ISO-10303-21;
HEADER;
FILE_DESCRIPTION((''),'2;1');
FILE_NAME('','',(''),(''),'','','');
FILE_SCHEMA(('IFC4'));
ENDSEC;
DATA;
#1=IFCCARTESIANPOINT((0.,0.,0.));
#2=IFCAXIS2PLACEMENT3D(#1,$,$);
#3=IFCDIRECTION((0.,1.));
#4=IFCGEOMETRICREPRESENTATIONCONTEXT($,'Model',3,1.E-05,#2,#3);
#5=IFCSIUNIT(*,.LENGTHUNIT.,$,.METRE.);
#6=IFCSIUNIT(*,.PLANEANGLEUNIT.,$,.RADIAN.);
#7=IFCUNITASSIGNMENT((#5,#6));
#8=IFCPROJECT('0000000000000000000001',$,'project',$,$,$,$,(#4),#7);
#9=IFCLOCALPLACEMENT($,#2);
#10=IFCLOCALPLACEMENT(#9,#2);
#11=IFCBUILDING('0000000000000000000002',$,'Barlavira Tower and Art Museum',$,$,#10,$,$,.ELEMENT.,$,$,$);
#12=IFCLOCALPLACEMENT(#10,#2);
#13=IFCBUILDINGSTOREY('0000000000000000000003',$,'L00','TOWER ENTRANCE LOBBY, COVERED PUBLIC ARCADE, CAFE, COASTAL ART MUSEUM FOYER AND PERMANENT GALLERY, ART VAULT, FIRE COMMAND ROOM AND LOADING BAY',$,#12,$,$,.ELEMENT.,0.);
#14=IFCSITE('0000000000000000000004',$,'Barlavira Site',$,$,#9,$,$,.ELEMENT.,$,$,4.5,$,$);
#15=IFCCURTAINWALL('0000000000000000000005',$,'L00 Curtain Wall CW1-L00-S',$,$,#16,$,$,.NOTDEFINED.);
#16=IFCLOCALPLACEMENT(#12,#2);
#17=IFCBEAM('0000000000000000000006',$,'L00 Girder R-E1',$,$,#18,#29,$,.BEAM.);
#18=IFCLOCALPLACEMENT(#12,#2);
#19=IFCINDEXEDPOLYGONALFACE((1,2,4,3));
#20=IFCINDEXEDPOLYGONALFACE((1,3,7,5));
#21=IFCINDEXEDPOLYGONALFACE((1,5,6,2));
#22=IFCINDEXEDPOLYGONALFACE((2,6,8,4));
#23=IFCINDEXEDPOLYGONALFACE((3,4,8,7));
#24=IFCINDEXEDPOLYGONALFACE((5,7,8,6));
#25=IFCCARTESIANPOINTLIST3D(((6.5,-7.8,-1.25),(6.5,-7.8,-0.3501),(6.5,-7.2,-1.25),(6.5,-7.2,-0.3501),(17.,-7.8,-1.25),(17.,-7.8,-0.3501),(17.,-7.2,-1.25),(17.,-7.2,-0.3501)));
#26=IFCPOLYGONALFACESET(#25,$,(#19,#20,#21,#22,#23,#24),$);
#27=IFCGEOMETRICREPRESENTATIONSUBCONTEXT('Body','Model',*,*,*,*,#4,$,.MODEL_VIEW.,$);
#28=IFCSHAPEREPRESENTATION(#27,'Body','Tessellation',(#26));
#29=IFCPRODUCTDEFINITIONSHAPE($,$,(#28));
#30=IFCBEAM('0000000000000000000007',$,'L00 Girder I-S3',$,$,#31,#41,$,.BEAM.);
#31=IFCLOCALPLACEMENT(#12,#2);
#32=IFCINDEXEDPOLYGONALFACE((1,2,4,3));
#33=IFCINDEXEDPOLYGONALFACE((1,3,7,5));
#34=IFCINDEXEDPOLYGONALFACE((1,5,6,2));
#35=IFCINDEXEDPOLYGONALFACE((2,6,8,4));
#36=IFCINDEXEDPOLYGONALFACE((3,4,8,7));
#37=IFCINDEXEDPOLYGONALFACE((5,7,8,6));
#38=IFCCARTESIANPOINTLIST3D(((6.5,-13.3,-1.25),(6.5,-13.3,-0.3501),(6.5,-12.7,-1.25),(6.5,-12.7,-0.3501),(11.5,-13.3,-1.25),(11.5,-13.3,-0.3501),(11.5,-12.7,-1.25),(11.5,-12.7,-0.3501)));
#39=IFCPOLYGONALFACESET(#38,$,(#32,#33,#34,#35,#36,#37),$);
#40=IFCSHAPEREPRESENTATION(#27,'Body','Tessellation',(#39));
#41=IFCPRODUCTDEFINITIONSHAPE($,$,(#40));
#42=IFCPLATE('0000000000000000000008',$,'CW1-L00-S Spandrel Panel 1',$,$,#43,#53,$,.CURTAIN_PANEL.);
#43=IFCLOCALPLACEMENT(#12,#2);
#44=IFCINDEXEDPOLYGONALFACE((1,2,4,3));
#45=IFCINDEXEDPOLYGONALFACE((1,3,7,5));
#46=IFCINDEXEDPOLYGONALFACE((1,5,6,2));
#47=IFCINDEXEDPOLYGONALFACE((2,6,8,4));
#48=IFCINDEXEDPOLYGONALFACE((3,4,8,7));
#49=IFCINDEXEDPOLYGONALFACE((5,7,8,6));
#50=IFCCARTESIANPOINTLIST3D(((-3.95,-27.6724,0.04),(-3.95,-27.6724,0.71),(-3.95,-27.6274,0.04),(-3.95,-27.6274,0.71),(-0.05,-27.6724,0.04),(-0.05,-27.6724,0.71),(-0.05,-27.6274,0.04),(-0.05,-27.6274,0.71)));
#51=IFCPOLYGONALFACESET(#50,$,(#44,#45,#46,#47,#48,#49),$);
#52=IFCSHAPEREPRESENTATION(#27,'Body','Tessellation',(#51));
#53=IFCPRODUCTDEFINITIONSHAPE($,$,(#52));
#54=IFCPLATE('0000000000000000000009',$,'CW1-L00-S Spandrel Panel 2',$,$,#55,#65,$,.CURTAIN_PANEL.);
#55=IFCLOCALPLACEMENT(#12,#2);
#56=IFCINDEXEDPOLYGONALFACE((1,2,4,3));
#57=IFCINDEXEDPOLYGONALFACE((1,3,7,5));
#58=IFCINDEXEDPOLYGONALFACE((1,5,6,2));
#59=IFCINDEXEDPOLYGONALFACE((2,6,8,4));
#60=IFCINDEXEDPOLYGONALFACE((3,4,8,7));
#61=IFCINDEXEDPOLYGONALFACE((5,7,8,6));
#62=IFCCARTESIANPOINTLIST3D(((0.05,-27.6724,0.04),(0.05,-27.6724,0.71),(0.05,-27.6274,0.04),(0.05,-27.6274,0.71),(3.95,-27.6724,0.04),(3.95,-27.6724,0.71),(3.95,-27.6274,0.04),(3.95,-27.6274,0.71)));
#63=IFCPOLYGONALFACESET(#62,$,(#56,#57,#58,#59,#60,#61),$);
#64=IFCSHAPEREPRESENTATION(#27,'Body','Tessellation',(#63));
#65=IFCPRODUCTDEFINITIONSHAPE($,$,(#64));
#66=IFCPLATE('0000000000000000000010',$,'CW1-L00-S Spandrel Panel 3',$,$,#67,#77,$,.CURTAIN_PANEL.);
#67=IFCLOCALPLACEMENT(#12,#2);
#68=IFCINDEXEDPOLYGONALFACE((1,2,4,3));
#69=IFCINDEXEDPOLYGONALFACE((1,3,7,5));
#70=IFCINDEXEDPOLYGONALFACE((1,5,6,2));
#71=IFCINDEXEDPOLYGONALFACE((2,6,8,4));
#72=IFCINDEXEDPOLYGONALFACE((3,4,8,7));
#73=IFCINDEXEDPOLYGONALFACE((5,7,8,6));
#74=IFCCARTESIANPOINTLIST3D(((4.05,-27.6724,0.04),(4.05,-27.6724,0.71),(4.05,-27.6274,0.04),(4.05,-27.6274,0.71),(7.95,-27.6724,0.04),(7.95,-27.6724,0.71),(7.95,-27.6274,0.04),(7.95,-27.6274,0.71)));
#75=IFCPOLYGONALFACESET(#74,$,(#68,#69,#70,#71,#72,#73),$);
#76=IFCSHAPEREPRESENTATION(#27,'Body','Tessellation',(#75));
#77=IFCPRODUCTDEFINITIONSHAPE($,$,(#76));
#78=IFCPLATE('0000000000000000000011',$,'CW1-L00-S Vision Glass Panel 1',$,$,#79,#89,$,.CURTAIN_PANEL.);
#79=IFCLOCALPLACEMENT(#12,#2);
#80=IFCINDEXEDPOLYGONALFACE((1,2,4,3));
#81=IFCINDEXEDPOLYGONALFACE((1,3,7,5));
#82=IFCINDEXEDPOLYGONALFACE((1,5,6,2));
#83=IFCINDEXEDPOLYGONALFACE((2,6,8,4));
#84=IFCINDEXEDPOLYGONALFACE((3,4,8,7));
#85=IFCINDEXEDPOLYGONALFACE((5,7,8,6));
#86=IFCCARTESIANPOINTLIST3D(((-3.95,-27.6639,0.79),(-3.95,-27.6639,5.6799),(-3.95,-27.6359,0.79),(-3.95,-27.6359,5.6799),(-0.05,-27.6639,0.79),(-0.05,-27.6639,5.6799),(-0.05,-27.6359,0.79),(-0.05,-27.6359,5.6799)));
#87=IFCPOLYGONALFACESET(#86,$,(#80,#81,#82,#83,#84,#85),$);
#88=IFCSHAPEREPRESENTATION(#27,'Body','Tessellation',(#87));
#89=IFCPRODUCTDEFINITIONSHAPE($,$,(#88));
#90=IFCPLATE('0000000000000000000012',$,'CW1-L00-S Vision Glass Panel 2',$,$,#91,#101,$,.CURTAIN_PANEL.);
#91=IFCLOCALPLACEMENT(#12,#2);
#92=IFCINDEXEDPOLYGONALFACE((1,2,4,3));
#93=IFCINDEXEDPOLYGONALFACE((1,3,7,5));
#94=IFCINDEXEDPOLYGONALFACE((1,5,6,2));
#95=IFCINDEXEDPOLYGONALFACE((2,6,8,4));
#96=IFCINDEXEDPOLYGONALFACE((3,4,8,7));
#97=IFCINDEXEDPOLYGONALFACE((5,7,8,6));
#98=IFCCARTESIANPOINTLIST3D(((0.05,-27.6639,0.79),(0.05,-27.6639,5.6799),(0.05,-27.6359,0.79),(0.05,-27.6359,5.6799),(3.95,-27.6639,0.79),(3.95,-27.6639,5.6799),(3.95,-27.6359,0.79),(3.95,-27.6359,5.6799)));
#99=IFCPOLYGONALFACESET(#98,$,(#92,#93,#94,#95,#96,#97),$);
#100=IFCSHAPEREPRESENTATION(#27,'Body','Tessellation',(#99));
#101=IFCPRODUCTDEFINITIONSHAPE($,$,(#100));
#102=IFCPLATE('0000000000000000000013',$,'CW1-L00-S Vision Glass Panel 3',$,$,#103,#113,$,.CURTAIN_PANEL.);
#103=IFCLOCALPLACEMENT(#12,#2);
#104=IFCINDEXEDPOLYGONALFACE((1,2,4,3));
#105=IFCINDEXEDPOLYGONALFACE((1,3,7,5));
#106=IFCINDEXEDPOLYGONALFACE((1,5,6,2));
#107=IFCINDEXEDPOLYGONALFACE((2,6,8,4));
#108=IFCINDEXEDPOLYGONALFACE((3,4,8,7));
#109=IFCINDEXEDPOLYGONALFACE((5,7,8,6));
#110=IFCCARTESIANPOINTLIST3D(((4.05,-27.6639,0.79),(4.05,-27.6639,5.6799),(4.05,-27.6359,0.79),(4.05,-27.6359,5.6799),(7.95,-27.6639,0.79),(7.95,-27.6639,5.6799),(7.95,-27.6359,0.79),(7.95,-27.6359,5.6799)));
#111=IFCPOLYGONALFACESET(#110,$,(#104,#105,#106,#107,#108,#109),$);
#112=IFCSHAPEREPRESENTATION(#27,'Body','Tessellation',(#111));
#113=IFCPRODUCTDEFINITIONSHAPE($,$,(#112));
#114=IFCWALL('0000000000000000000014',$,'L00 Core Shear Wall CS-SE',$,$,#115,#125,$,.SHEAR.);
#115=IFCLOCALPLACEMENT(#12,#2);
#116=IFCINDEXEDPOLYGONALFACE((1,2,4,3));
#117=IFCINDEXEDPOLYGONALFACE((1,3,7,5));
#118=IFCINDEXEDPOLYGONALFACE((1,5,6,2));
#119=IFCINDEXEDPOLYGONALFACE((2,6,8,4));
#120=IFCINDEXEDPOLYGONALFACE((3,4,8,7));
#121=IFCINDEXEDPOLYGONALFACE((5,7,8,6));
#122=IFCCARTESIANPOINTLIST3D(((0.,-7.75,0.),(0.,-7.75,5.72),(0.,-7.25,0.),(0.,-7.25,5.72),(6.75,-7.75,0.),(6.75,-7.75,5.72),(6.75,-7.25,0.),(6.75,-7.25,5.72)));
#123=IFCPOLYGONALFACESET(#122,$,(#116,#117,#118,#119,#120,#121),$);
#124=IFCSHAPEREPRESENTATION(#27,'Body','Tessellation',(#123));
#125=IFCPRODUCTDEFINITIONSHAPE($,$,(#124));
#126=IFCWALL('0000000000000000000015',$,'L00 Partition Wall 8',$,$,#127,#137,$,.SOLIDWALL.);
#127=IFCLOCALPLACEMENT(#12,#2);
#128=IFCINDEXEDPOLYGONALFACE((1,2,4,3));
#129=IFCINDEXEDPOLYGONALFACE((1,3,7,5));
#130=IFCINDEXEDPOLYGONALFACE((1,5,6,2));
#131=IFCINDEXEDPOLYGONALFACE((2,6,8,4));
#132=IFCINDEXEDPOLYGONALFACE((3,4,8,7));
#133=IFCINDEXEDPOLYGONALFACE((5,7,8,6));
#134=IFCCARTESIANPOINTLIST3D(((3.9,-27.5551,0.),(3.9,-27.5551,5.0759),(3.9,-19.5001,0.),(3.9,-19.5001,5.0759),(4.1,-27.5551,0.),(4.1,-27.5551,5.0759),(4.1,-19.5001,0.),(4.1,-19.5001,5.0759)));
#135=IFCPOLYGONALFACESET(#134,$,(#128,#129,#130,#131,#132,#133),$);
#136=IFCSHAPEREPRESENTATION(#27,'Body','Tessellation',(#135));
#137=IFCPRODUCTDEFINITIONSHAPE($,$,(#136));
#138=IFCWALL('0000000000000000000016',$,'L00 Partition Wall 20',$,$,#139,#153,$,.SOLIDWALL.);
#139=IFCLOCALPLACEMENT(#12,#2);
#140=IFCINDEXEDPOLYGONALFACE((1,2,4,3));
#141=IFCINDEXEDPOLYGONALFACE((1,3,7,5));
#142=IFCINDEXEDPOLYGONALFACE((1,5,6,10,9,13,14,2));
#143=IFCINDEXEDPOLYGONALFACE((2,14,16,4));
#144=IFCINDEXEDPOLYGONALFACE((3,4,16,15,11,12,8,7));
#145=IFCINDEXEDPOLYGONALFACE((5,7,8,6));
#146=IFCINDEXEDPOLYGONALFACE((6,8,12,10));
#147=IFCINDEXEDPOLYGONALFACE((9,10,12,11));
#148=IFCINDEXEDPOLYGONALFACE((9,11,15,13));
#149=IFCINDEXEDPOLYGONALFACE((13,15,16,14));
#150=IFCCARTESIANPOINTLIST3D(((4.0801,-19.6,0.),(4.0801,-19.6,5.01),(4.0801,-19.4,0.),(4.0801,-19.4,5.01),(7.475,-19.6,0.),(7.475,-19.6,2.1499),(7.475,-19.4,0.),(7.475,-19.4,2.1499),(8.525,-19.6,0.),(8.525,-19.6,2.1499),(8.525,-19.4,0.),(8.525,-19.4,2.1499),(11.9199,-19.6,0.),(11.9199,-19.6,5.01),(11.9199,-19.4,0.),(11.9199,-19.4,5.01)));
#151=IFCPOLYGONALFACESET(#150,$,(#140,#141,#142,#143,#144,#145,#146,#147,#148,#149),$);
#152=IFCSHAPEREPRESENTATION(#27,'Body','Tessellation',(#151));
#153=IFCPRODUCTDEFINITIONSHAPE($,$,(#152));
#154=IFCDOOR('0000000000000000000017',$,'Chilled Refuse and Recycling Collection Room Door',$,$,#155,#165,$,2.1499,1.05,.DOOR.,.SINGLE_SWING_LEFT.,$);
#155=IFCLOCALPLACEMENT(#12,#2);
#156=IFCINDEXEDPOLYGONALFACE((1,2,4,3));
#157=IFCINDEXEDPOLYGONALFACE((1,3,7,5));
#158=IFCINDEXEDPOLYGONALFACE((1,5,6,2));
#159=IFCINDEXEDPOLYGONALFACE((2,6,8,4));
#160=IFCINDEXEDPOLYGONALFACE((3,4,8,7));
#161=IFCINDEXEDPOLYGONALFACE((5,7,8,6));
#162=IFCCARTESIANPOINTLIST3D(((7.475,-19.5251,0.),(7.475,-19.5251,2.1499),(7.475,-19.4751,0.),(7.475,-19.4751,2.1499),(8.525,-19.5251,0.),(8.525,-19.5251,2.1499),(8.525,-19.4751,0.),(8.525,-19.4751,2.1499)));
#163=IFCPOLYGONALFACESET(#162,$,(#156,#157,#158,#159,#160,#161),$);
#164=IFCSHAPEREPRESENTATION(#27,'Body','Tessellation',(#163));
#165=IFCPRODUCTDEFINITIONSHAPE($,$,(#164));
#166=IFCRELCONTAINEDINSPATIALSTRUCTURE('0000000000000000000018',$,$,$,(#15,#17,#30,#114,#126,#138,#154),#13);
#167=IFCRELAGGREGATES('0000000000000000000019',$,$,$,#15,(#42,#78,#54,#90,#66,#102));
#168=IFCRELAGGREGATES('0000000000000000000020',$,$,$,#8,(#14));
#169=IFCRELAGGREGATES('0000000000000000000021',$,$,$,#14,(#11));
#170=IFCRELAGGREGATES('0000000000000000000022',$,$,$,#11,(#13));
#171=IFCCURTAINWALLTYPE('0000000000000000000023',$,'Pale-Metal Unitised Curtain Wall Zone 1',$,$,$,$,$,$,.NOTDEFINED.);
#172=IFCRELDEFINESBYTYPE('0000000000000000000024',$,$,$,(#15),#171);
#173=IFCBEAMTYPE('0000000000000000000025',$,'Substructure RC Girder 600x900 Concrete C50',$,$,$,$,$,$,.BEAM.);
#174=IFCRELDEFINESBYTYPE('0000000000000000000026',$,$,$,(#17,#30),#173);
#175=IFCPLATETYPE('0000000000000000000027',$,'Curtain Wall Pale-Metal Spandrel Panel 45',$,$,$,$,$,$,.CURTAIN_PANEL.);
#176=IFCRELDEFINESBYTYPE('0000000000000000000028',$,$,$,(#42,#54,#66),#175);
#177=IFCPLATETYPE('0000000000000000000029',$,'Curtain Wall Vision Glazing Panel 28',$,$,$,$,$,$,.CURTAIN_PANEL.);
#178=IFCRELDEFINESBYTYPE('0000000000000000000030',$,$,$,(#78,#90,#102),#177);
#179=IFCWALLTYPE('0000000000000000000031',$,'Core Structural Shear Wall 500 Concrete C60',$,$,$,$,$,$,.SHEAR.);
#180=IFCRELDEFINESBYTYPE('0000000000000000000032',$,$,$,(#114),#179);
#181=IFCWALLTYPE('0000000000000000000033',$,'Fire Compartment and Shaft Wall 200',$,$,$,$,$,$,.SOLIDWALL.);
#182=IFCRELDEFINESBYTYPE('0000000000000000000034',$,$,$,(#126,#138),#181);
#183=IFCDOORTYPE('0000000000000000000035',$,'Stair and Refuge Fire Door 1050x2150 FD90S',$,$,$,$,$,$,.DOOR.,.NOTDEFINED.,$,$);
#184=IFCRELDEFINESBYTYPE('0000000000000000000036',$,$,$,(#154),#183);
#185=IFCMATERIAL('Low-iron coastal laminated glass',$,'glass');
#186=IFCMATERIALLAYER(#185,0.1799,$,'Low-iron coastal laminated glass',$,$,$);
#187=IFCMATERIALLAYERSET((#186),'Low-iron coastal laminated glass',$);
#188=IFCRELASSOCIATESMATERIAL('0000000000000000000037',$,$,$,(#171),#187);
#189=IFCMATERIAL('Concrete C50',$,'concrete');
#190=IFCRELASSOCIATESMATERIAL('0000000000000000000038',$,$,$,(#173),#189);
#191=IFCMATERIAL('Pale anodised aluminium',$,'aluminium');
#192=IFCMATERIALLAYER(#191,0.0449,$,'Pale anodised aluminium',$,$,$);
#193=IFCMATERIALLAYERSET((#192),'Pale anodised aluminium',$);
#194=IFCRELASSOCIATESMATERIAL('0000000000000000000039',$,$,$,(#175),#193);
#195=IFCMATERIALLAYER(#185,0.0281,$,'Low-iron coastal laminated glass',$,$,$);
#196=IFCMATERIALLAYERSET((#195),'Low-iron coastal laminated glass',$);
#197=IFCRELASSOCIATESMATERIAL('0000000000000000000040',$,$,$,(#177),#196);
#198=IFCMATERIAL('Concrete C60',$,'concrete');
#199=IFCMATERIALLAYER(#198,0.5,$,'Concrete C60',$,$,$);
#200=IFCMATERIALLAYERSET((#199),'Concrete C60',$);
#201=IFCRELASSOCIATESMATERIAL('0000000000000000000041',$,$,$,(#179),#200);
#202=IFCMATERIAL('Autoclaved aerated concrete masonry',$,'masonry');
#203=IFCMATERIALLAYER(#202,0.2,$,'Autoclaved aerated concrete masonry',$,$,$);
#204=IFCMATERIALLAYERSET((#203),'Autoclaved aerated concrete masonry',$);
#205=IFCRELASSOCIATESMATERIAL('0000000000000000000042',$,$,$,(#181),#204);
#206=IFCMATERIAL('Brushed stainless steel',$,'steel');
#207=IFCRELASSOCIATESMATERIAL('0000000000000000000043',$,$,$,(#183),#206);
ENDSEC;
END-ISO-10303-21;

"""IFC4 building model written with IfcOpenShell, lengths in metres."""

from ifc_helpers import new_model, si_unit, direction, frame, frame_2d, origin, origin_2d, place, context, subcontext, project, spatial, rectangle, extrude, material, layer, layer_set, material_profile, profile_set, type_object, element, fill, aggregate, save


model = new_model("IFC4")

# Units and contexts
model_context = context("Model", 3, precision=1e-05, world=origin(), true_north=direction((0.0, 1.0)))
body_context = subcontext(model_context, "Body", "Model", "MODEL_VIEW")
ifc_project = project(units=[si_unit("LENGTHUNIT", "METRE"), si_unit("PLANEANGLEUNIT", "RADIAN")], contexts=[model_context])

# Site, building, storey
site_placement = place(None, origin())
site = spatial("IfcSite", under=ifc_project, at=site_placement, Name="Barlavira Site", CompositionType="ELEMENT", RefElevation=4.5)
building_placement = place(site_placement, origin())
building = spatial("IfcBuilding", under=site, at=building_placement, Name="Barlavira Tower and Art Museum", CompositionType="ELEMENT")
storey_placement = place(building_placement, origin())
storey = spatial("IfcBuildingStorey", under=building, at=storey_placement, Name="L00", Description="TOWER ENTRANCE LOBBY, COVERED PUBLIC ARCADE, CAFE, COASTAL ART MUSEUM FOYER AND PERMANENT GALLERY, ART VAULT, FIRE COMMAND ROOM AND LOADING BAY", CompositionType="ELEMENT", Elevation=0.0)

# Shared definitions
ifc_material_1 = material(Name="Concrete C50", Category="concrete")

# Shared definitions
ifc_material_2 = material(Name="Concrete C60", Category="concrete")

# Curtain wall
ifc_material_3 = material(Name="Low-iron coastal laminated glass", Category="glass")
ifc_layer_1 = layer(ifc_material_3, 0.1799, Name="Low-iron coastal laminated glass")
ifc_layer_set_1 = layer_set([ifc_layer_1], Name="Low-iron coastal laminated glass")
curtain_wall_type = type_object("IfcCurtainWallType", Name="Pale-Metal Unitised Curtain Wall Zone 1", PredefinedType="NOTDEFINED", material=ifc_layer_set_1)
curtain_wall_placement = place(storey_placement, origin())
curtain_wall = element("IfcCurtainWall", 1, at=curtain_wall_placement, inside=storey, type_object=curtain_wall_type, Name="L00 Curtain Wall CW1-L00-S", PredefinedType="NOTDEFINED")
ifc_material_4 = material(Name="Pale anodised aluminium", Category="aluminium")

# Beams
ifc_material_profile_1 = material_profile(ifc_material_1, rectangle(XDim=0.6001, YDim=0.8999, at=origin_2d()), Name="RC-BM 600x900")
ifc_profile_set_1 = profile_set([ifc_material_profile_1], Name="Concrete C50")
beam_type_1 = type_object("IfcBeamType", Name="Substructure RC Girder 600x900 Concrete C50", PredefinedType="BEAM", material=ifc_profile_set_1)
beam_1_placement = place(storey_placement, frame((6.5, -7.5, -0.8), z_axis=(1.0, 0.0, 0.0), x_axis=(0.0, 1.0, 0.0)))
element("IfcBeam", 2, at=beam_1_placement, inside=storey, type_object=beam_type_1, Name="L00 Girder R-E1", PredefinedType="BEAM", context=body_context, shape_type="SweptSolid", body=[
    extrude(rectangle(XDim=0.6001, YDim=0.8999, at=origin_2d()), origin(), (0.0, 0.0, 1.0), 10.5),
])
beam_2_placement = place(storey_placement, frame((6.5, -13.0, -0.8), z_axis=(1.0, 0.0, 0.0), x_axis=(0.0, 1.0, 0.0)))
element("IfcBeam", 3, at=beam_2_placement, inside=storey, type_object=beam_type_1, Name="L00 Girder I-S3", PredefinedType="BEAM", context=body_context, shape_type="SweptSolid", body=[
    extrude(rectangle(XDim=0.6001, YDim=0.8999, at=origin_2d()), origin(), (0.0, 0.0, 1.0), 5.0),
])

# Plates
ifc_layer_2 = layer(ifc_material_4, 0.0449, Name="Pale anodised aluminium")
ifc_layer_set_2 = layer_set([ifc_layer_2], Name="Pale anodised aluminium")
plate_type_1 = type_object("IfcPlateType", Name="Curtain Wall Pale-Metal Spandrel Panel 45", PredefinedType="CURTAIN_PANEL", material=ifc_layer_set_2)
plate_1_placement = place(storey_placement, frame((-2.0, -27.6499, 0.04), z_axis=(0.0, 0.0, 1.0), x_axis=(1.0, 0.0, 0.0)))
plate_1 = element("IfcPlate", 4, at=plate_1_placement, type_object=plate_type_1, Name="CW1-L00-S Spandrel Panel 1", PredefinedType="CURTAIN_PANEL", context=body_context, shape_type="SweptSolid", body=[
    extrude(rectangle(XDim=3.8999, YDim=0.0449, at=origin_2d()), origin(), (0.0, 0.0, 1.0), 0.6699),
])
plate_2_placement = place(storey_placement, frame((2.0, -27.6499, 0.04), z_axis=(0.0, 0.0, 1.0), x_axis=(1.0, 0.0, 0.0)))
plate_2 = element("IfcPlate", 5, at=plate_2_placement, type_object=plate_type_1, Name="CW1-L00-S Spandrel Panel 2", PredefinedType="CURTAIN_PANEL", context=body_context, shape_type="SweptSolid", body=[
    extrude(rectangle(XDim=3.8999, YDim=0.0449, at=origin_2d()), origin(), (0.0, 0.0, 1.0), 0.6699),
])
plate_3_placement = place(storey_placement, frame((6.0, -27.6499, 0.04), z_axis=(0.0, 0.0, 1.0), x_axis=(1.0, 0.0, 0.0)))
plate_3 = element("IfcPlate", 6, at=plate_3_placement, type_object=plate_type_1, Name="CW1-L00-S Spandrel Panel 3", PredefinedType="CURTAIN_PANEL", context=body_context, shape_type="SweptSolid", body=[
    extrude(rectangle(XDim=3.8999, YDim=0.0449, at=origin_2d()), origin(), (0.0, 0.0, 1.0), 0.6699),
])
ifc_layer_3 = layer(ifc_material_3, 0.0281, Name="Low-iron coastal laminated glass")
ifc_layer_set_3 = layer_set([ifc_layer_3], Name="Low-iron coastal laminated glass")
plate_type_2 = type_object("IfcPlateType", Name="Curtain Wall Vision Glazing Panel 28", PredefinedType="CURTAIN_PANEL", material=ifc_layer_set_3)
plate_4_placement = place(storey_placement, frame((-2.0, -27.6499, 0.79), z_axis=(0.0, 0.0, 1.0), x_axis=(1.0, 0.0, 0.0)))
plate_4 = element("IfcPlate", 7, at=plate_4_placement, type_object=plate_type_2, Name="CW1-L00-S Vision Glass Panel 1", PredefinedType="CURTAIN_PANEL", context=body_context, shape_type="SweptSolid", body=[
    extrude(rectangle(XDim=3.8999, YDim=0.0281, at=origin_2d()), origin(), (0.0, 0.0, 1.0), 4.8899),
])
plate_5_placement = place(storey_placement, frame((2.0, -27.6499, 0.79), z_axis=(0.0, 0.0, 1.0), x_axis=(1.0, 0.0, 0.0)))
plate_5 = element("IfcPlate", 8, at=plate_5_placement, type_object=plate_type_2, Name="CW1-L00-S Vision Glass Panel 2", PredefinedType="CURTAIN_PANEL", context=body_context, shape_type="SweptSolid", body=[
    extrude(rectangle(XDim=3.8999, YDim=0.0281, at=origin_2d()), origin(), (0.0, 0.0, 1.0), 4.8899),
])
plate_6_placement = place(storey_placement, frame((6.0, -27.6499, 0.79), z_axis=(0.0, 0.0, 1.0), x_axis=(1.0, 0.0, 0.0)))
plate_6 = element("IfcPlate", 9, at=plate_6_placement, type_object=plate_type_2, Name="CW1-L00-S Vision Glass Panel 3", PredefinedType="CURTAIN_PANEL", context=body_context, shape_type="SweptSolid", body=[
    extrude(rectangle(XDim=3.8999, YDim=0.0281, at=origin_2d()), origin(), (0.0, 0.0, 1.0), 4.8899),
])
aggregate(curtain_wall, [plate_1, plate_4, plate_2, plate_5, plate_3, plate_6])

# Walls
ifc_layer_4 = layer(ifc_material_2, 0.5, Name="Concrete C60")
ifc_layer_set_4 = layer_set([ifc_layer_4], Name="Concrete C60")
wall_type_1 = type_object("IfcWallType", Name="Core Structural Shear Wall 500 Concrete C60", PredefinedType="SHEAR", material=ifc_layer_set_4)
wall_1_placement = place(storey_placement, frame((0.0, -7.5, 0.0), z_axis=(0.0, 0.0, 1.0), x_axis=(1.0, 0.0, 0.0)))
element("IfcWall", 10, at=wall_1_placement, inside=storey, type_object=wall_type_1, Name="L00 Core Shear Wall CS-SE", PredefinedType="SHEAR", context=body_context, shape_type="SweptSolid", body=[
    extrude(rectangle(XDim=6.75, YDim=0.5, at=frame_2d((3.375, 0.0))), origin(), (0.0, 0.0, 1.0), 5.72),
])
ifc_material_5 = material(Name="Autoclaved aerated concrete masonry", Category="masonry")
ifc_layer_5 = layer(ifc_material_5, 0.2, Name="Autoclaved aerated concrete masonry")
ifc_layer_set_5 = layer_set([ifc_layer_5], Name="Autoclaved aerated concrete masonry")
wall_type_2 = type_object("IfcWallType", Name="Fire Compartment and Shaft Wall 200", PredefinedType="SOLIDWALL", material=ifc_layer_set_5)
wall_2_placement = place(storey_placement, frame((4.0, -27.5549, 0.0), z_axis=(0.0, 0.0, 1.0), x_axis=(0.0, 1.0, 0.0)))
element("IfcWall", 11, at=wall_2_placement, inside=storey, type_object=wall_type_2, Name="L00 Partition Wall 8", PredefinedType="SOLIDWALL", context=body_context, shape_type="SweptSolid", body=[
    extrude(rectangle(XDim=8.0549, YDim=0.2, at=frame_2d((4.0273, 0.0))), origin(), (0.0, 0.0, 1.0), 5.0759),
])

# Wall, opening, door
wall_3_placement = place(storey_placement, frame((4.0801, -19.5, 0.0), z_axis=(0.0, 0.0, 1.0), x_axis=(1.0, 0.0, 0.0)))
wall_3 = element("IfcWall", 12, at=wall_3_placement, inside=storey, type_object=wall_type_2, Name="L00 Partition Wall 20", PredefinedType="SOLIDWALL", context=body_context, shape_type="SweptSolid", body=[
    extrude(rectangle(XDim=7.8398, YDim=0.2, at=frame_2d((3.9199, 0.0))), origin(), (0.0, 0.0, 1.0), 5.01),
])
opening_placement = place(wall_3_placement, frame((3.395, 0.0, 0.0)))
opening = element("IfcOpeningElement", 13, at=opening_placement, cuts=wall_3, PredefinedType="OPENING", context=body_context, shape_type="SweptSolid", body=[
    extrude(rectangle(XDim=1.05, YDim=2.1499, at=frame_2d((0.5249, 1.075))), frame((0.0, 0.1099, 0.0), z_axis=(0.0, -1.0, 0.0), x_axis=(1.0, 0.0, 0.0)), (0.0, 0.0, 1.0), 0.22),
])
ifc_material_6 = material(Name="Brushed stainless steel", Category="steel")
door_type = type_object("IfcDoorType", Name="Stair and Refuge Fire Door 1050x2150 FD90S", OperationType="NOTDEFINED", PredefinedType="DOOR", material=ifc_material_6)
door_placement = place(opening_placement, origin())
door = element("IfcDoor", 14, at=door_placement, inside=storey, type_object=door_type, Name="Chilled Refuse and Recycling Collection Room Door", OperationType="SINGLE_SWING_LEFT", OverallHeight=2.1499, OverallWidth=1.05, PredefinedType="DOOR", context=body_context, shape_type="SweptSolid", body=[
    extrude(rectangle(XDim=1.05, YDim=2.1499, at=frame_2d((0.5249, 1.075))), frame((0.0, 0.0249, 0.0), z_axis=(0.0, -1.0, 0.0), x_axis=(1.0, 0.0, 0.0)), (0.0, 0.0, 1.0), 0.05),
])
fill(opening, door)

save(model, "model.ifc")
